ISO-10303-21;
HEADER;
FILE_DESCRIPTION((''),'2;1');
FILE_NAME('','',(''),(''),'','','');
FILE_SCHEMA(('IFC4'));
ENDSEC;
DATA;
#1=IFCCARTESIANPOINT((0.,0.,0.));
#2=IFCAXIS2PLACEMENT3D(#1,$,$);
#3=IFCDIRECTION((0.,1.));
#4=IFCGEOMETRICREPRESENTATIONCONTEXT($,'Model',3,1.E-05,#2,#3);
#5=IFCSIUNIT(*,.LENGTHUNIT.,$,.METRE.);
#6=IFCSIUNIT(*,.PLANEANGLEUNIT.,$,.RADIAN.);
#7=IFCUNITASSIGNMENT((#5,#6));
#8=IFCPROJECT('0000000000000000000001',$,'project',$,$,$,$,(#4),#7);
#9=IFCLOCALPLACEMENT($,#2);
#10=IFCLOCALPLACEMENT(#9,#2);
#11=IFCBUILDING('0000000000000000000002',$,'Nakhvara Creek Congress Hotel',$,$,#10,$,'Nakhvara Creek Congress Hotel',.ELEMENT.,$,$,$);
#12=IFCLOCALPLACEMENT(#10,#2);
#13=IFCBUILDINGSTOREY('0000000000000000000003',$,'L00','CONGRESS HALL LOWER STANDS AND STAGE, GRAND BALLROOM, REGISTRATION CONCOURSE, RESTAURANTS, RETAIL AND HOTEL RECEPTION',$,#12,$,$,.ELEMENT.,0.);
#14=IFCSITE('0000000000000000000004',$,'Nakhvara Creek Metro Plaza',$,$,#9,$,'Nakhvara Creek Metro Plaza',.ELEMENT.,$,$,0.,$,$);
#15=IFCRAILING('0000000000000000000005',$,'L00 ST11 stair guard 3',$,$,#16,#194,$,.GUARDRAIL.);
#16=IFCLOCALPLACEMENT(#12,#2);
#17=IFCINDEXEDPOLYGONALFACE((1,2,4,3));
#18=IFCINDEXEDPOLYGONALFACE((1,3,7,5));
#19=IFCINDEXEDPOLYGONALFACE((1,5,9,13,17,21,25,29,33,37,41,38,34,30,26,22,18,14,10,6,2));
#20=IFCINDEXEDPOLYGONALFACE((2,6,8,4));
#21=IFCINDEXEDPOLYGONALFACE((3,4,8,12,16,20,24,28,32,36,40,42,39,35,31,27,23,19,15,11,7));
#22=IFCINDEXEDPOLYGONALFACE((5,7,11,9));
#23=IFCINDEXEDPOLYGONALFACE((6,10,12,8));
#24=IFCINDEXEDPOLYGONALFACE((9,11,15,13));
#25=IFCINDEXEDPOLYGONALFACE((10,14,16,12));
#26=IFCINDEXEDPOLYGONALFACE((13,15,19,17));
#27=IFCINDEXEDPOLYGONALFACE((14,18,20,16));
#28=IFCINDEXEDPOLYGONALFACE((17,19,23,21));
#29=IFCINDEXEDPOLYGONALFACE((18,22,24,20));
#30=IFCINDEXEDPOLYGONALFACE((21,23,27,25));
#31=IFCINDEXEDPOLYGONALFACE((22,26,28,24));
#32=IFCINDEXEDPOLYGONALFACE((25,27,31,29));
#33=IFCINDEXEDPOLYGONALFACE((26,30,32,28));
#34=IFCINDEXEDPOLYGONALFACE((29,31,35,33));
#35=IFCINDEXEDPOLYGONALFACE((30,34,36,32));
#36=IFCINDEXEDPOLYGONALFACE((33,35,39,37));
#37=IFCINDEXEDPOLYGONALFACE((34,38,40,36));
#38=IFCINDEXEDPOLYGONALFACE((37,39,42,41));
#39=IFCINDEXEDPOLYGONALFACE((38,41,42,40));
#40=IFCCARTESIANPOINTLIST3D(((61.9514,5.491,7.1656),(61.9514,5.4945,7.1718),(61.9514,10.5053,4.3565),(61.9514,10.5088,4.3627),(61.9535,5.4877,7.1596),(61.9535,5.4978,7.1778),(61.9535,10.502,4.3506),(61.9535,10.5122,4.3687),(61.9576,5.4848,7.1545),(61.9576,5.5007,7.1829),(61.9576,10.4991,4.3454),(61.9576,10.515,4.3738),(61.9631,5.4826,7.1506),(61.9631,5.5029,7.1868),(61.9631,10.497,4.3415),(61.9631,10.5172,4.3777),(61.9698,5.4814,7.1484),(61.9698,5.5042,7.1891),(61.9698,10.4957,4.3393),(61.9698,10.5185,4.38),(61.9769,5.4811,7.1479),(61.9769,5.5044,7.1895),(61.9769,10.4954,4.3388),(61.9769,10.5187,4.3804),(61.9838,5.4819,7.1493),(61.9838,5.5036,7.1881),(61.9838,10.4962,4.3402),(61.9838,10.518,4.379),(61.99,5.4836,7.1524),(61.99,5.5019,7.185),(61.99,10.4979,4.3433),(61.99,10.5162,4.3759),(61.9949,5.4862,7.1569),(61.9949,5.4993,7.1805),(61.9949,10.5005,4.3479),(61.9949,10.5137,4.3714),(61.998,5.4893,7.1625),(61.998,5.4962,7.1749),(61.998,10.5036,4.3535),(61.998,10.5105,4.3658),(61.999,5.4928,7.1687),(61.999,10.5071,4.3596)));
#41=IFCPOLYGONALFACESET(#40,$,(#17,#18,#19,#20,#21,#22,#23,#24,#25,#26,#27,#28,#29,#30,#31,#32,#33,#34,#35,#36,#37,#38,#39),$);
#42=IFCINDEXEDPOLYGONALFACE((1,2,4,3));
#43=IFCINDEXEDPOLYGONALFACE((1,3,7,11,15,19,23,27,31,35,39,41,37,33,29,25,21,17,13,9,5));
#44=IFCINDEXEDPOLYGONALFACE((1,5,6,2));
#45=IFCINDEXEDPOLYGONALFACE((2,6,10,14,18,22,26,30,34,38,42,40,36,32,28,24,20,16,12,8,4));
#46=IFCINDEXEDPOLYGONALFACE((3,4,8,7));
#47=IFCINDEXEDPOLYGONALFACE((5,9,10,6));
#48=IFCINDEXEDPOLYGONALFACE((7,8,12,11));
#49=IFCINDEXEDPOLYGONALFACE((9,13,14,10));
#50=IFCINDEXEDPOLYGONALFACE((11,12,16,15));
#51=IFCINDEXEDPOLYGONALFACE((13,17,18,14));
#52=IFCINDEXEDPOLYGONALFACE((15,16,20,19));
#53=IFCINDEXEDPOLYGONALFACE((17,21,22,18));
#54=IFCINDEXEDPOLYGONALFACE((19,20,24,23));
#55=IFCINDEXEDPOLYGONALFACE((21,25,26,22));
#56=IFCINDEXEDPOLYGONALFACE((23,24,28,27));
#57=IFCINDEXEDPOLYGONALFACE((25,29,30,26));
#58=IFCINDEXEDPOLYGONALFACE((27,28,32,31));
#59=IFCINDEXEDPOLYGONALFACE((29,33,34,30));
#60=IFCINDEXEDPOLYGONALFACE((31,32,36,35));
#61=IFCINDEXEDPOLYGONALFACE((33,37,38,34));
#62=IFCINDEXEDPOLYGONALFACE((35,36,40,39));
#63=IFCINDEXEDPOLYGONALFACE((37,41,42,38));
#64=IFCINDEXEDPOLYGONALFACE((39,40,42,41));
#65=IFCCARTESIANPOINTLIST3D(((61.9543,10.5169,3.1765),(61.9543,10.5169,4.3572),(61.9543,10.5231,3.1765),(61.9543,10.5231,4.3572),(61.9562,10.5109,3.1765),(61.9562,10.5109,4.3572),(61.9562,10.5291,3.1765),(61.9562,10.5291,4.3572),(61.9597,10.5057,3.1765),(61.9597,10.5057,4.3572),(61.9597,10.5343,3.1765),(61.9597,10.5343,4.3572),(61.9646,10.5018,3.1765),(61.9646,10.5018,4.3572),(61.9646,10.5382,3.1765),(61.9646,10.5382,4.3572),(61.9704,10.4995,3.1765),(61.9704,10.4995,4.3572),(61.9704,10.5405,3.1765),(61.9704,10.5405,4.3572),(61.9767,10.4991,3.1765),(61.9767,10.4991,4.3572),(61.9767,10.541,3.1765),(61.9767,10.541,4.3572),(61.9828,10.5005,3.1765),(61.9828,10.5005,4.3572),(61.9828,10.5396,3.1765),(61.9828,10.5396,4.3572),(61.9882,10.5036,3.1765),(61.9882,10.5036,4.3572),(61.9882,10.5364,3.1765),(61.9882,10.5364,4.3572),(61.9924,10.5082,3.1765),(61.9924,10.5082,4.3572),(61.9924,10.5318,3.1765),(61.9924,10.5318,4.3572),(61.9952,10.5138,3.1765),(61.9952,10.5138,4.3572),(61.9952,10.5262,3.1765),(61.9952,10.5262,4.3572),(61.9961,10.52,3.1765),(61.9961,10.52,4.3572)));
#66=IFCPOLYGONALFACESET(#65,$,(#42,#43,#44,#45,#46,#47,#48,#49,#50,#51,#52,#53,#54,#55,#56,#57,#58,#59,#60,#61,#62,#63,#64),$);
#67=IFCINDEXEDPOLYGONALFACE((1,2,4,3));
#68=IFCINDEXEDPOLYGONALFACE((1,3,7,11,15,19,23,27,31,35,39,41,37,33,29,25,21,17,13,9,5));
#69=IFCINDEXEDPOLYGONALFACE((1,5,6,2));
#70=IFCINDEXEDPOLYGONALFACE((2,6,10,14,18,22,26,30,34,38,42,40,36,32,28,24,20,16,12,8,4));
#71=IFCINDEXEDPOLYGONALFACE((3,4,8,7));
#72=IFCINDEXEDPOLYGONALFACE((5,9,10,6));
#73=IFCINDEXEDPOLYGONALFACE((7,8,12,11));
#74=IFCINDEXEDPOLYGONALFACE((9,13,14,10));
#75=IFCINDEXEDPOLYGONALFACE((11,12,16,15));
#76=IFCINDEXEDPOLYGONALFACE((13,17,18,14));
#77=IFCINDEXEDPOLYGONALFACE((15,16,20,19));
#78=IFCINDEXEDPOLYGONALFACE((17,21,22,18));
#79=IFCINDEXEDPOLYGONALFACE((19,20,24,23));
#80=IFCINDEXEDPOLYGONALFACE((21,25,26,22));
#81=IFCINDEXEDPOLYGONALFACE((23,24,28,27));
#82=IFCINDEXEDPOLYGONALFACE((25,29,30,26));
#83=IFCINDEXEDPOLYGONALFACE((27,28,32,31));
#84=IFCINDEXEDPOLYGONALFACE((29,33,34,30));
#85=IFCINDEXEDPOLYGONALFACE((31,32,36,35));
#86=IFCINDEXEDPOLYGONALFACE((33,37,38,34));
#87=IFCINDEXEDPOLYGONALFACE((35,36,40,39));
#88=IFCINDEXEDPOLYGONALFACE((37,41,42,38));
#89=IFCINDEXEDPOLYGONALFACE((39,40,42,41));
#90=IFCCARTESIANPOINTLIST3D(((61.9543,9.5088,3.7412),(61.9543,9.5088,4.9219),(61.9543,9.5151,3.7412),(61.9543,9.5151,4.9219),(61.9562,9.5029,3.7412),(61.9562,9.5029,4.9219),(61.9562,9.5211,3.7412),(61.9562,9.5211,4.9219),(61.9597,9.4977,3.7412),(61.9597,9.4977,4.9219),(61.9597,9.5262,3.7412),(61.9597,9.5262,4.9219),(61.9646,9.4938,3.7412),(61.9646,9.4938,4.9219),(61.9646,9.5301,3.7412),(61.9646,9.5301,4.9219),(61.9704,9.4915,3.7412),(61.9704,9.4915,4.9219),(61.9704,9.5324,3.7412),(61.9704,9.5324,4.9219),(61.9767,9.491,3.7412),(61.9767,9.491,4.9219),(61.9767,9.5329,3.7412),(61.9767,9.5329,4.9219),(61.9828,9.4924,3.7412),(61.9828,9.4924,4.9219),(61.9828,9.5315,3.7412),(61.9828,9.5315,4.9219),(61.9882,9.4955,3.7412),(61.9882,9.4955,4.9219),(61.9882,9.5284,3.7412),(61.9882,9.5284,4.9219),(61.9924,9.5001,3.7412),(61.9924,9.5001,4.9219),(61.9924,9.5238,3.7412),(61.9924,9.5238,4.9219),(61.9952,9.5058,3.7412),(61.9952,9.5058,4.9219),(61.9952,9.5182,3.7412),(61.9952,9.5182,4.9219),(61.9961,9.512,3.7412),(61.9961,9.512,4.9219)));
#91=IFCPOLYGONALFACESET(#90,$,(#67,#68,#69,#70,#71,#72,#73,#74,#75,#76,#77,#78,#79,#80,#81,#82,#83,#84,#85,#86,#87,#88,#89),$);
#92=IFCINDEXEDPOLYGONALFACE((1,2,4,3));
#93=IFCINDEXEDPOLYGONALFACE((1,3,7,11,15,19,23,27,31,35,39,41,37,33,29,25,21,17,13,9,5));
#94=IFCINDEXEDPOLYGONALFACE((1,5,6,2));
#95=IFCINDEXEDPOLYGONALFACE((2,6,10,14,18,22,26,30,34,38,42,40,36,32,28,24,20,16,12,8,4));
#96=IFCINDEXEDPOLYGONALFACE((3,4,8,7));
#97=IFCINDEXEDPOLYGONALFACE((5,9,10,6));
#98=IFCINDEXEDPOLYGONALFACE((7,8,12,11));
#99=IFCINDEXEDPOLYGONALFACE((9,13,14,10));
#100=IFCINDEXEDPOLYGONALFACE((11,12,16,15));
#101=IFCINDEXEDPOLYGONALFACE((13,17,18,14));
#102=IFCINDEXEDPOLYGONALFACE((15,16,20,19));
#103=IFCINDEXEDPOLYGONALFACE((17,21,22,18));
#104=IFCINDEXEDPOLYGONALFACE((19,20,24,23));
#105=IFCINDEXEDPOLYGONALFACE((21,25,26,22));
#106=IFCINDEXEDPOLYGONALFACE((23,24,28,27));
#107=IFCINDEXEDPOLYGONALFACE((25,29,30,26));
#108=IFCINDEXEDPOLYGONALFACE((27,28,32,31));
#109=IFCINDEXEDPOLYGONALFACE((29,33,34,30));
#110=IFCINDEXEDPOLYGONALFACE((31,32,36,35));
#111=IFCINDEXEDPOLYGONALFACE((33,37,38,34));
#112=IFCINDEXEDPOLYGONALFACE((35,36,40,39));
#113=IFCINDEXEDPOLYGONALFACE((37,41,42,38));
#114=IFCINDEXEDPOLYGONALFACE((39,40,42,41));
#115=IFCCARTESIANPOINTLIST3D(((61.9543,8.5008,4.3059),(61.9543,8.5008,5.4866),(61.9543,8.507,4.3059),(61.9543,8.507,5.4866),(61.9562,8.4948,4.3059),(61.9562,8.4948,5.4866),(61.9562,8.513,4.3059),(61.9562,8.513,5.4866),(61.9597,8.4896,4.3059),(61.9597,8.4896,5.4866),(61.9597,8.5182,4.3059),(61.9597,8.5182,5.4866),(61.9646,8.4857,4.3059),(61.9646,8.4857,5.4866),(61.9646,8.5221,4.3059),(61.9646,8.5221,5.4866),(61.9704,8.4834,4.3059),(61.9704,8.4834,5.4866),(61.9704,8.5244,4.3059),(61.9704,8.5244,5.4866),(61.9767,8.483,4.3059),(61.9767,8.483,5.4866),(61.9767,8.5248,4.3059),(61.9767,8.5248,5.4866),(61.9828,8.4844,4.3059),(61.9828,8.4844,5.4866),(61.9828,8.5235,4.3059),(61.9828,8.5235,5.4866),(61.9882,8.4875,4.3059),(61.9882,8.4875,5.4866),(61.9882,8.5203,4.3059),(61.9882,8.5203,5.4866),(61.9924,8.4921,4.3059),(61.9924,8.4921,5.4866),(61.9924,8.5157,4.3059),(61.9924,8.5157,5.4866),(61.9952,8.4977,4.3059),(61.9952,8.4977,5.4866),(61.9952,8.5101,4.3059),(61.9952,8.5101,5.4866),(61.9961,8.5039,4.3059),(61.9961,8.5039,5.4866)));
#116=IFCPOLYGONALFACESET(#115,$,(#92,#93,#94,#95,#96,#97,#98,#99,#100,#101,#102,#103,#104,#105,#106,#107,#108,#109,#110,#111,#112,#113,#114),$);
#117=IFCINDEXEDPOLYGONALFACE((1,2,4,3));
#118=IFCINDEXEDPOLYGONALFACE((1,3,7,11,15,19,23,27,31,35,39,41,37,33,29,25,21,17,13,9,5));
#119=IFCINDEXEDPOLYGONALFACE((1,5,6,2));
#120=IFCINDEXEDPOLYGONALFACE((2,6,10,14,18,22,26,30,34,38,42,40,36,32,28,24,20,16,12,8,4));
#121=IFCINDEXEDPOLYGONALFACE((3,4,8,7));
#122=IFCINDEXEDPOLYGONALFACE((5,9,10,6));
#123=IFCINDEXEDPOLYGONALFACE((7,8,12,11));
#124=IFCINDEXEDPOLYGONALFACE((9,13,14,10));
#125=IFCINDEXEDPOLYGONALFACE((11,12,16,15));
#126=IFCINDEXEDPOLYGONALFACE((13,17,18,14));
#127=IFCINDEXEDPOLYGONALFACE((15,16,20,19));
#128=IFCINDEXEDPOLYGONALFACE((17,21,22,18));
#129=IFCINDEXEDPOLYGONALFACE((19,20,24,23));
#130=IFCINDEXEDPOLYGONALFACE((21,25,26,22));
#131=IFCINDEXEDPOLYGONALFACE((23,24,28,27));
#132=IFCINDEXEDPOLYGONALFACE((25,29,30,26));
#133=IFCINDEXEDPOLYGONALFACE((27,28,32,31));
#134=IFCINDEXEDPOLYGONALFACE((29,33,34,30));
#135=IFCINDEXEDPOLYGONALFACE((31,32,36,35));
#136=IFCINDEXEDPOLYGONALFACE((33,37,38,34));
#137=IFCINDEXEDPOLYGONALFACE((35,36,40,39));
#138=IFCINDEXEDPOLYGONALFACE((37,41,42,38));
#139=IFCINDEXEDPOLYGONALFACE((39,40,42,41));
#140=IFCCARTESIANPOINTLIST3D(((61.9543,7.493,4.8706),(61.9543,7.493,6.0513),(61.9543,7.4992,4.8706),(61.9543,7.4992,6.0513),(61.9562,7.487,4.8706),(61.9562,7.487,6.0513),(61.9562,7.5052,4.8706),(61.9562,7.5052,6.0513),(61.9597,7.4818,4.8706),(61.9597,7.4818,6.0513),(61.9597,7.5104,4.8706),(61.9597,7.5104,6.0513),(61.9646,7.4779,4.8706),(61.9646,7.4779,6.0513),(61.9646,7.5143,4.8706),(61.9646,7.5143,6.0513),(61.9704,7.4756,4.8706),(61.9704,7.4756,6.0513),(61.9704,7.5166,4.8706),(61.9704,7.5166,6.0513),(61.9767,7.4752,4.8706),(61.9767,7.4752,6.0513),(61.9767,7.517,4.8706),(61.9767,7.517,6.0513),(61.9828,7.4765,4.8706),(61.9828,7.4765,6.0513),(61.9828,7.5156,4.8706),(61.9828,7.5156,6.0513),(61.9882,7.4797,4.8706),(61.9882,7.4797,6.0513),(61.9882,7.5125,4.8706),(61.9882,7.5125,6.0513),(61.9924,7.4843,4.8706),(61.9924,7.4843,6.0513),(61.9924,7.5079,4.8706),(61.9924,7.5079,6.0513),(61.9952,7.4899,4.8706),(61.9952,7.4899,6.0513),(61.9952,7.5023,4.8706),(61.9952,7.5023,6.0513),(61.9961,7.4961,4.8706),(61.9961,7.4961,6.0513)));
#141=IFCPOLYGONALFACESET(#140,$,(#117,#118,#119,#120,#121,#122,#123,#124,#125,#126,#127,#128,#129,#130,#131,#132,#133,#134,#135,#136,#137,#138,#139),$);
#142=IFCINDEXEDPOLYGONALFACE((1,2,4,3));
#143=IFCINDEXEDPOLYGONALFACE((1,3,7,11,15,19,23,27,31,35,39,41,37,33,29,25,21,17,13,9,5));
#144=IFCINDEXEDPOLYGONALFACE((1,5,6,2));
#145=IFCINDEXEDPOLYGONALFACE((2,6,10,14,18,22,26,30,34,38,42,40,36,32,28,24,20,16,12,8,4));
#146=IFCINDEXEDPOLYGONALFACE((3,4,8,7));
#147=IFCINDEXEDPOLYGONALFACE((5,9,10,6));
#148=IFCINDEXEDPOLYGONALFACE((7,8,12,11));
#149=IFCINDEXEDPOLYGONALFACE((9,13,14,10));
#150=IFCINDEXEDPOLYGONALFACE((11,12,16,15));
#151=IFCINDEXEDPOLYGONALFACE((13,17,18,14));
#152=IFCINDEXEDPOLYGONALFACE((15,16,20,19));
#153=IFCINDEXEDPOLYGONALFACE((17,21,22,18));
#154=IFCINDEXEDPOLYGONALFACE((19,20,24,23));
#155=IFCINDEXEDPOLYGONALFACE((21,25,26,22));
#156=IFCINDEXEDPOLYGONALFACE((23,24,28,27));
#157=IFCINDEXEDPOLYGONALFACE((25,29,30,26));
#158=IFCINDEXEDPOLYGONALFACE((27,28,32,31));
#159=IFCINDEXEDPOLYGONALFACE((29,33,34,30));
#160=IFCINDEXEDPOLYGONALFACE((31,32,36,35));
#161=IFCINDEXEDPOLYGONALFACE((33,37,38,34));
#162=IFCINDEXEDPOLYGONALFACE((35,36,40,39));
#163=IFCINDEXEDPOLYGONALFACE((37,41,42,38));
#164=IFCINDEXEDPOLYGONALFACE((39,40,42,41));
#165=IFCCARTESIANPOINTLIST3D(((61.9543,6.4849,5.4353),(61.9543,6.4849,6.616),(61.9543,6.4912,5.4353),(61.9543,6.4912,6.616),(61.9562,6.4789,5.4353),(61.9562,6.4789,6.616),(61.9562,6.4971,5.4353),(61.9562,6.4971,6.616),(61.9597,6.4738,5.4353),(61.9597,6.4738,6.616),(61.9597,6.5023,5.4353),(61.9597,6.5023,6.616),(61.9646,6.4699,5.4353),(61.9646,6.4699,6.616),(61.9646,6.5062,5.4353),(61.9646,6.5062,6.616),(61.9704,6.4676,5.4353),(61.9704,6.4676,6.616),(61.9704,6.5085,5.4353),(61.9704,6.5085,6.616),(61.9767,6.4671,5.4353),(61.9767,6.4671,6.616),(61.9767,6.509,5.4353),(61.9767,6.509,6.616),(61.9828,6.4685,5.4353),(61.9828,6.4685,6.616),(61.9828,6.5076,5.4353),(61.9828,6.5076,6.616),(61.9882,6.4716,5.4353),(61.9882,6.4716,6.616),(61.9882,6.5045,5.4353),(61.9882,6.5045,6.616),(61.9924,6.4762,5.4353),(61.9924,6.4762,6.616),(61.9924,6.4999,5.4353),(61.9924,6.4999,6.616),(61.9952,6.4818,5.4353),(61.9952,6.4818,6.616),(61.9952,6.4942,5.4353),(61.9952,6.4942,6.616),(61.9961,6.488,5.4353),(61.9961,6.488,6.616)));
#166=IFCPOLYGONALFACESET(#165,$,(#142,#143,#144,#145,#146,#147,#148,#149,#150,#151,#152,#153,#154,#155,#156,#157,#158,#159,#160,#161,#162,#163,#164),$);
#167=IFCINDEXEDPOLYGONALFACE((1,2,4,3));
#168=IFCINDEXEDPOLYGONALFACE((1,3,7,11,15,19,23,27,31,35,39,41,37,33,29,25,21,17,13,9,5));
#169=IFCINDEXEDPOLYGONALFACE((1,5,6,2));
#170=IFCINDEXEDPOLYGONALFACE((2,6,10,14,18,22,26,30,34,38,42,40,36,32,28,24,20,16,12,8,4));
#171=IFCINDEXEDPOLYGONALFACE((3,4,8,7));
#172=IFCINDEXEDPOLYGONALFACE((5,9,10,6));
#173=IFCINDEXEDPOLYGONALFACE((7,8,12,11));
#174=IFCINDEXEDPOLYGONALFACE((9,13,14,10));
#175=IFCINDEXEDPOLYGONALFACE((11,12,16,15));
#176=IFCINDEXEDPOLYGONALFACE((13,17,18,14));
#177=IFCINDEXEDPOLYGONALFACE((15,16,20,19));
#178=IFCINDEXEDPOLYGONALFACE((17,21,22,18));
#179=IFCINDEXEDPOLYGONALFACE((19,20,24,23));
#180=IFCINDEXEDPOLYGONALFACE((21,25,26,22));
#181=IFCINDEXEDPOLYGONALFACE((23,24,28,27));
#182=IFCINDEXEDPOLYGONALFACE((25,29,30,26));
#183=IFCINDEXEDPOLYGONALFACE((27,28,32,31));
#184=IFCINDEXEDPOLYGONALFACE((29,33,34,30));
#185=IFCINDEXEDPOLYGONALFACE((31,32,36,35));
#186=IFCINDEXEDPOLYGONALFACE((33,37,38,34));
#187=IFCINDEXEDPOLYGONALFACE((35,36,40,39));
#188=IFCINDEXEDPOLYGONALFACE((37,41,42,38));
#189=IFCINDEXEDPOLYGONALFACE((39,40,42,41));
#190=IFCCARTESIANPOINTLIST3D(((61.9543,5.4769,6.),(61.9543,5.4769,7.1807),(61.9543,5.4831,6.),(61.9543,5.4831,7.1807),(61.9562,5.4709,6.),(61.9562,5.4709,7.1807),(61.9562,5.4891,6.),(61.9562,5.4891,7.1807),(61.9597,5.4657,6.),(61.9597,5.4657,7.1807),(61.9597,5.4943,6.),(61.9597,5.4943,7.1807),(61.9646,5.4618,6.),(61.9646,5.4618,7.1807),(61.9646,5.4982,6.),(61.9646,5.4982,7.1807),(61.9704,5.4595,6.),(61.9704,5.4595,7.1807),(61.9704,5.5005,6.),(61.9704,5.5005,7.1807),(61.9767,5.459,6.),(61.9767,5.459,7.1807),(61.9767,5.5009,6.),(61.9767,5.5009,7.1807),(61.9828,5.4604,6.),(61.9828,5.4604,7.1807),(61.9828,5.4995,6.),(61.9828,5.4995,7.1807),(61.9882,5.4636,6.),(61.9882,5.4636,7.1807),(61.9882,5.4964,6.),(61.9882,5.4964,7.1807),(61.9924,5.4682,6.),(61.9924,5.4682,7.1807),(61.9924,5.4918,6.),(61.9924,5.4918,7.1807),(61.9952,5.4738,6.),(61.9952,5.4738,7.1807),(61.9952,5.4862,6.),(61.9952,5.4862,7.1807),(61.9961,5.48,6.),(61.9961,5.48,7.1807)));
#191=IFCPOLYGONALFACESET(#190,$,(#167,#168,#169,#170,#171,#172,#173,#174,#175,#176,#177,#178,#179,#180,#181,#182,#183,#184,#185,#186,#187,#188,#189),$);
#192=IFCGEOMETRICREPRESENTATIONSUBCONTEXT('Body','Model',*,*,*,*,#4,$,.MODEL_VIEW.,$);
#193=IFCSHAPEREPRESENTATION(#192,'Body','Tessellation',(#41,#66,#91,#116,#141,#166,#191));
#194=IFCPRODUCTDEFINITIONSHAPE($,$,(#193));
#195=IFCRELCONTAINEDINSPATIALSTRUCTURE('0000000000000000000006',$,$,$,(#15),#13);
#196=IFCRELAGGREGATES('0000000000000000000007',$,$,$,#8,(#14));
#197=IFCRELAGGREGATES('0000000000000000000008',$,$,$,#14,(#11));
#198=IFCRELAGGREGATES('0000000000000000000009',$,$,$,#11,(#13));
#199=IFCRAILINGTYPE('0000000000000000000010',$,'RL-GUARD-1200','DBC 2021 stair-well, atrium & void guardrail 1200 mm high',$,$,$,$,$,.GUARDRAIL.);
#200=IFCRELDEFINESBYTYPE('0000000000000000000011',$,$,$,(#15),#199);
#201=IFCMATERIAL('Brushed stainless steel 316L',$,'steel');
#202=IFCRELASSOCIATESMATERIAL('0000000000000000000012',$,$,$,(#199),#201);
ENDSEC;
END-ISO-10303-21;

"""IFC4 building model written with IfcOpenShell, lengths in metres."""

from ifc_helpers import new_model, si_unit, direction, frame, origin, origin_2d, place, context, subcontext, project, spatial, circle, extrude, material, type_object, element, save


model = new_model("IFC4")

# Units and contexts
model_context = context("Model", 3, precision=1e-05, world=origin(), true_north=direction((0.0, 1.0)))
body_context = subcontext(model_context, "Body", "Model", "MODEL_VIEW")
ifc_project = project(units=[si_unit("LENGTHUNIT", "METRE"), si_unit("PLANEANGLEUNIT", "RADIAN")], contexts=[model_context])

# Site, building, storey
site_placement = place(None, origin())
site = spatial("IfcSite", under=ifc_project, at=site_placement, Name="Nakhvara Creek Metro Plaza", LongName="Nakhvara Creek Metro Plaza", CompositionType="ELEMENT", RefElevation=0.0)
building_placement = place(site_placement, origin())
building = spatial("IfcBuilding", under=site, at=building_placement, Name="Nakhvara Creek Congress Hotel", LongName="Nakhvara Creek Congress Hotel", CompositionType="ELEMENT")
storey_placement = place(building_placement, origin())
storey = spatial("IfcBuildingStorey", under=building, at=storey_placement, Name="L00", Description="CONGRESS HALL LOWER STANDS AND STAGE, GRAND BALLROOM, REGISTRATION CONCOURSE, RESTAURANTS, RETAIL AND HOTEL RECEPTION", CompositionType="ELEMENT", Elevation=0.0)

# Railing
ifc_material_1 = material(Name="Brushed stainless steel 316L", Category="steel")
railing_type_1 = type_object("IfcRailingType", Name="RL-GUARD-1200", Description="DBC 2021 stair-well, atrium & void guardrail 1200 mm high", PredefinedType="GUARDRAIL", material=ifc_material_1)
railing_1_placement = place(storey_placement, frame((61.9751, 10.52, 3.1765)))
element("IfcRailing", 1, at=railing_1_placement, inside=storey, type_object=railing_type_1, Name="L00 ST11 stair guard 3", PredefinedType="GUARDRAIL", context=body_context, shape_type="SweptSolid", body=[
    extrude(circle(Radius=0.0239, at=origin_2d()), frame((0.0, -0.0129, 1.1831), z_axis=(0.0, -0.872427, 0.488744), x_axis=(1.0, 0.0, 0.0)), (0.0, 0.0, 1.0), 5.7476),
    extrude(circle(Radius=0.021, at=origin_2d()), origin(), (0.0, 0.0, 1.0), 1.1807),
    extrude(circle(Radius=0.021, at=origin_2d()), frame((0.0, -1.0081, 0.5647)), (0.0, 0.0, 1.0), 1.1807),
    extrude(circle(Radius=0.021, at=origin_2d()), frame((0.0, -2.0161, 1.1294)), (0.0, 0.0, 1.0), 1.1807),
    extrude(circle(Radius=0.021, at=origin_2d()), frame((0.0, -3.0239, 1.6941)), (0.0, 0.0, 1.0), 1.1807),
    extrude(circle(Radius=0.021, at=origin_2d()), frame((0.0, -4.032, 2.2588)), (0.0, 0.0, 1.0), 1.1807),
    extrude(circle(Radius=0.021, at=origin_2d()), frame((0.0, -5.04, 2.8235)), (0.0, 0.0, 1.0), 1.1807),
])

save(model, "model.ifc")
